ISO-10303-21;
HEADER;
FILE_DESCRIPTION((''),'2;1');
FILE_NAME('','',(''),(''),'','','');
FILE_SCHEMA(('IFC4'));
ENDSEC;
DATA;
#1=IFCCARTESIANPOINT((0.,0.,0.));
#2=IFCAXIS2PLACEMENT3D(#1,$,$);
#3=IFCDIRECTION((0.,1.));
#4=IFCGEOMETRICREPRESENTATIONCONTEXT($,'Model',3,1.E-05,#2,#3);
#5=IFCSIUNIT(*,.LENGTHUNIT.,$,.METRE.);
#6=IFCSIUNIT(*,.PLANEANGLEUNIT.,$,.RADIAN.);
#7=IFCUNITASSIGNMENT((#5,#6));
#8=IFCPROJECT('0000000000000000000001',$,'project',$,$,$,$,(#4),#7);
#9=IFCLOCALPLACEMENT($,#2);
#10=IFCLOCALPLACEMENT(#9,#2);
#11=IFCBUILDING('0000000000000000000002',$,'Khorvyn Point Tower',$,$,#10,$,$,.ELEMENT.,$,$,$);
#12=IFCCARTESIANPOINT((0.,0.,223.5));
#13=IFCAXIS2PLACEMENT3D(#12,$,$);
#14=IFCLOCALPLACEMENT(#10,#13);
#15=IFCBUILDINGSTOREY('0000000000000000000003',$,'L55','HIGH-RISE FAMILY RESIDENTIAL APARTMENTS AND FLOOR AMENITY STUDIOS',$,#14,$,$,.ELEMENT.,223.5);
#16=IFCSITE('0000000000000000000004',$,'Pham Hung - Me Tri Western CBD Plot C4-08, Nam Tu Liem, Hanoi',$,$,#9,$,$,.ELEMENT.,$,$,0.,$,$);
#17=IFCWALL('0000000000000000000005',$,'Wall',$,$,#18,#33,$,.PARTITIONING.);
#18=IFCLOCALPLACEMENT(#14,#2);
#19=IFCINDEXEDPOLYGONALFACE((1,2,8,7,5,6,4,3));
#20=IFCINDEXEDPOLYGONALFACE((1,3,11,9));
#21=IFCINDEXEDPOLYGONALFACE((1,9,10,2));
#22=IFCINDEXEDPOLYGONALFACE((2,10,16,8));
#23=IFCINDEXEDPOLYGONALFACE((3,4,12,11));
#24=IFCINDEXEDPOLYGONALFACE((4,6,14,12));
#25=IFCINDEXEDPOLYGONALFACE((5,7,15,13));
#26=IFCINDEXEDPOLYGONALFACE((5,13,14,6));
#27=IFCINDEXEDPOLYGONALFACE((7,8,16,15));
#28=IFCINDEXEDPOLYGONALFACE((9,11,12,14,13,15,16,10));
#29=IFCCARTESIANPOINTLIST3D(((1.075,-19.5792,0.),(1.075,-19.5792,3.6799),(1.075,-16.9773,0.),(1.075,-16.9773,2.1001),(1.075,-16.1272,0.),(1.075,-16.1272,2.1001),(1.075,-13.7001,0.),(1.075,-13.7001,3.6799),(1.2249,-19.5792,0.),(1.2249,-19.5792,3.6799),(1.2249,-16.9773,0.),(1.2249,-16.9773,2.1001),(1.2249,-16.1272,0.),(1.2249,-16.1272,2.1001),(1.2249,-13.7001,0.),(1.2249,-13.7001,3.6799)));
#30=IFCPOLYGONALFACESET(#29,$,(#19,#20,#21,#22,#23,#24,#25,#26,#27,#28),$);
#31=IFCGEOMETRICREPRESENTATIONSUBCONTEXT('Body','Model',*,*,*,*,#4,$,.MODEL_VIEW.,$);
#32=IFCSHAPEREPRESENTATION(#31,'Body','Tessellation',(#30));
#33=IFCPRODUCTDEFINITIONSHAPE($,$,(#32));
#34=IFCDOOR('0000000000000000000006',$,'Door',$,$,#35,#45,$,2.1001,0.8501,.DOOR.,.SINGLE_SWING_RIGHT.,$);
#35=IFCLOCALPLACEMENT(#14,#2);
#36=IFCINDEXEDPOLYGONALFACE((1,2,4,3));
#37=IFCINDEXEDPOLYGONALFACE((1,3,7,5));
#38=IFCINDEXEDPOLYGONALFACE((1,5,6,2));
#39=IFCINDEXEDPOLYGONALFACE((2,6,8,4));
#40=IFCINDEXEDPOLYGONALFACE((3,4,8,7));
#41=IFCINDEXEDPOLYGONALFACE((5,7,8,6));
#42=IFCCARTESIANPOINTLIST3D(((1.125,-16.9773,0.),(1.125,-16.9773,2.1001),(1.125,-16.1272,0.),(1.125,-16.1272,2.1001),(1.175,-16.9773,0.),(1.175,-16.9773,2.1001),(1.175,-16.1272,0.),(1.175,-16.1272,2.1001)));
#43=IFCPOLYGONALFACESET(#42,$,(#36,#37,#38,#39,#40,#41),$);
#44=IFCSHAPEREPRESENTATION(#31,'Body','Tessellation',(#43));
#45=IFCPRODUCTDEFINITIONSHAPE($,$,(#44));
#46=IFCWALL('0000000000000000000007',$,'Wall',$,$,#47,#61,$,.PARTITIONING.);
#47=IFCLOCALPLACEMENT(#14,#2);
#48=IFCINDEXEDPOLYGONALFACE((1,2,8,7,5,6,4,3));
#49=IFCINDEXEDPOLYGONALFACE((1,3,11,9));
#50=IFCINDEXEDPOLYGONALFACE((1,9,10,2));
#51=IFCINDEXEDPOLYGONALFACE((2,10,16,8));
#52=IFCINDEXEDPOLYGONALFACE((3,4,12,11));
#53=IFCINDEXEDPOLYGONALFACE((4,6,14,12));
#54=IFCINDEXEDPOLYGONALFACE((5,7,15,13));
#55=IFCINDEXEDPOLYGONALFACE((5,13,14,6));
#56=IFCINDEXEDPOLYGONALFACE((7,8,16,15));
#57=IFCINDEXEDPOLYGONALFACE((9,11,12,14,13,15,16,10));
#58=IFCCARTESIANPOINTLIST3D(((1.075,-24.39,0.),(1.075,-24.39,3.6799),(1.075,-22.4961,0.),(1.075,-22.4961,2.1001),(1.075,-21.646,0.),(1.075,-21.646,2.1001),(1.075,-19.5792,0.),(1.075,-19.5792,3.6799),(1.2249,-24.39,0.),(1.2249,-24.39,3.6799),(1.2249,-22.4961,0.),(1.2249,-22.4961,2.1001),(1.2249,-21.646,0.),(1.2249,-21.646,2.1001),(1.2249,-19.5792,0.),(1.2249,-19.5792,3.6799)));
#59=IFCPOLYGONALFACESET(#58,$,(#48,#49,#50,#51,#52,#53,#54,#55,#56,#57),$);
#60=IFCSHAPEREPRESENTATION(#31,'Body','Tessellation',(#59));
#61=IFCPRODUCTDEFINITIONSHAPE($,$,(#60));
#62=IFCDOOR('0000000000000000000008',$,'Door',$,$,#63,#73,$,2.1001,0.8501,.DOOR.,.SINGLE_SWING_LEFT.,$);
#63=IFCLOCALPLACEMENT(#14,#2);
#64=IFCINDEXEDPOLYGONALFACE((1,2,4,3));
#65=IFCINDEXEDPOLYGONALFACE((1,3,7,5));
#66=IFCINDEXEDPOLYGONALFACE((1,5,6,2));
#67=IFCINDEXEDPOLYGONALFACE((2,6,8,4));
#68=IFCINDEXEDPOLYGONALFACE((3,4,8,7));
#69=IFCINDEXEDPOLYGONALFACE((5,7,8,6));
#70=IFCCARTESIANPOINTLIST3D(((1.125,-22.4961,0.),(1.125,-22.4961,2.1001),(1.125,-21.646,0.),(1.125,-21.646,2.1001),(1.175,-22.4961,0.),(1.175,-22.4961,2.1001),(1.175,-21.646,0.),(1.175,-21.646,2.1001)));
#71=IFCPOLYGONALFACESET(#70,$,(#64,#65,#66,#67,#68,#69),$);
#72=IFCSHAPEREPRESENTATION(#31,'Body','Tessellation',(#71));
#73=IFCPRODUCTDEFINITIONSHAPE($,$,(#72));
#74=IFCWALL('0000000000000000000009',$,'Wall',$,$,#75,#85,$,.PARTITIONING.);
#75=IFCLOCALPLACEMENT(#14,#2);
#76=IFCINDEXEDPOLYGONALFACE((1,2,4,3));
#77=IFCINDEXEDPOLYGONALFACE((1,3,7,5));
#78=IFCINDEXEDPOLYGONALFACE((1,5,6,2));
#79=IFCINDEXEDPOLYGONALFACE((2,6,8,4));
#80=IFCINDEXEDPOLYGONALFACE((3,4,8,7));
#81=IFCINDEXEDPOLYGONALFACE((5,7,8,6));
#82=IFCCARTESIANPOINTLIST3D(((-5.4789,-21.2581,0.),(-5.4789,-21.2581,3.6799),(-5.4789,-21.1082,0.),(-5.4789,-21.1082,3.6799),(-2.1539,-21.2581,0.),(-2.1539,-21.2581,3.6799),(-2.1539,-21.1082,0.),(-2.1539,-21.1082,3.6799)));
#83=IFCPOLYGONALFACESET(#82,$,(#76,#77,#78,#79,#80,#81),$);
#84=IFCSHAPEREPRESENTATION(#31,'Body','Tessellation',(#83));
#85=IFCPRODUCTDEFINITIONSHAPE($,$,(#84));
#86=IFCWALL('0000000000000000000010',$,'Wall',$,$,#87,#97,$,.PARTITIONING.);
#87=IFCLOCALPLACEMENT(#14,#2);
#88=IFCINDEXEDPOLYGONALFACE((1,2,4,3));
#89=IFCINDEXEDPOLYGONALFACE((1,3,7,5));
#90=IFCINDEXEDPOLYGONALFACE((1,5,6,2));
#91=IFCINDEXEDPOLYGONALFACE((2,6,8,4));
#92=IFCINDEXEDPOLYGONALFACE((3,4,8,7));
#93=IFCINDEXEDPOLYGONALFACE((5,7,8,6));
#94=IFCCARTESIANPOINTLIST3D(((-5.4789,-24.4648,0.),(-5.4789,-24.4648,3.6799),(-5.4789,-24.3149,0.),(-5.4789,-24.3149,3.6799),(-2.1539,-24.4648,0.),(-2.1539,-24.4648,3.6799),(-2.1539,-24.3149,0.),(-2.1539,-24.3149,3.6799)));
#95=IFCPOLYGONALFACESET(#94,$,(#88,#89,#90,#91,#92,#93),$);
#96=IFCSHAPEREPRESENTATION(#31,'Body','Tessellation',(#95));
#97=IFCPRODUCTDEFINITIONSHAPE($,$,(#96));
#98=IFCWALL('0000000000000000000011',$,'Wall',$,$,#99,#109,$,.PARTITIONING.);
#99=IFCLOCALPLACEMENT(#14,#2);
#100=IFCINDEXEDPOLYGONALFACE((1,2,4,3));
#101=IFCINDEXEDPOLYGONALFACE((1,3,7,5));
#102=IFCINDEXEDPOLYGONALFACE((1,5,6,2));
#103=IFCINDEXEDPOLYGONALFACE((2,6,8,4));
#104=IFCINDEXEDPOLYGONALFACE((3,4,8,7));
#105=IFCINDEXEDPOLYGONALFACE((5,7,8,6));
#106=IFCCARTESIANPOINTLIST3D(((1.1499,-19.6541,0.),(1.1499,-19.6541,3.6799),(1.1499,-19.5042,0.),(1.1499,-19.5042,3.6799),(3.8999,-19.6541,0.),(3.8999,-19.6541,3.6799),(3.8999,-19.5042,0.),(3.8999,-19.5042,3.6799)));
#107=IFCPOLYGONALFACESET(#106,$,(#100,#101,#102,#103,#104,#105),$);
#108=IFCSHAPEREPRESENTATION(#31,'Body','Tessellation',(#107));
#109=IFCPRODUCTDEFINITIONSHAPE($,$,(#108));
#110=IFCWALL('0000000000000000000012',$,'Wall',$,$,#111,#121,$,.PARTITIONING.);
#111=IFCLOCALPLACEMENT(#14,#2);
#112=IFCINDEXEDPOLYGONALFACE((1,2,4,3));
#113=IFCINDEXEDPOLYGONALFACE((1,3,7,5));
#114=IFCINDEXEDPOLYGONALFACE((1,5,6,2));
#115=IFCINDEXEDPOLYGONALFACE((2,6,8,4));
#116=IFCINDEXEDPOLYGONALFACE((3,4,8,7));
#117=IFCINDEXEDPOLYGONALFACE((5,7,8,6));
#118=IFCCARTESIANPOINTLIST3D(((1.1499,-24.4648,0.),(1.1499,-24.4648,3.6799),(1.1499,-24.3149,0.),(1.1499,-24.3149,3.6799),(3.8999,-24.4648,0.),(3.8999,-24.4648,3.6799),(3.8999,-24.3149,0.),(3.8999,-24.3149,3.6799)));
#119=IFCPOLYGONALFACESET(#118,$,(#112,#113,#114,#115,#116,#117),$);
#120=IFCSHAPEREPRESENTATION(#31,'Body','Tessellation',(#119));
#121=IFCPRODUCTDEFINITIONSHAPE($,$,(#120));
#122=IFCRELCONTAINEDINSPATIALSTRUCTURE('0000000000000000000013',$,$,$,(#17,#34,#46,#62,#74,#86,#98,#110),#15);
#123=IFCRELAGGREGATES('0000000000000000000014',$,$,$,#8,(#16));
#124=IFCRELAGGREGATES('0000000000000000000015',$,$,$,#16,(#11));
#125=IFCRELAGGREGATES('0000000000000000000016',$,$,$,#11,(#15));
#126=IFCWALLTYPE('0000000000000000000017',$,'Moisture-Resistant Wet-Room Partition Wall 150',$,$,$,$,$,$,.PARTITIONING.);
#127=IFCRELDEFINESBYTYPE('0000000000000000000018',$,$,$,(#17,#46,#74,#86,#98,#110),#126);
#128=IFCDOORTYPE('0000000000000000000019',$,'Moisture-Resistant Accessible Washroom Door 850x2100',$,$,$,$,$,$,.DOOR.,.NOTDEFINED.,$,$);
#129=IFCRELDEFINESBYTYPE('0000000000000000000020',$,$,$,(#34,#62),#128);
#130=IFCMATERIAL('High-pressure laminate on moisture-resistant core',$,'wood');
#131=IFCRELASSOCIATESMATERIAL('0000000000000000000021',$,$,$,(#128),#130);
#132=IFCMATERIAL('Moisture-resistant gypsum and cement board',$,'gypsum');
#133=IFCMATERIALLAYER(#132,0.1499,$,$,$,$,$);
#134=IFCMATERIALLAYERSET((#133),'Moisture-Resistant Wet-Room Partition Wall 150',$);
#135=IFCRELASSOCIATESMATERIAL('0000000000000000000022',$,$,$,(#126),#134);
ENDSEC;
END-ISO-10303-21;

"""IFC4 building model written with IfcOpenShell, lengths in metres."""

from ifc_helpers import new_model, si_unit, direction, frame, frame_2d, origin, place, context, subcontext, project, spatial, rectangle, extrude, material, layer, layer_set, type_object, element, fill, save


model = new_model("IFC4")

# Units and contexts
model_context = context("Model", 3, precision=1e-05, world=origin(), true_north=direction((0.0, 1.0)))
body_context = subcontext(model_context, "Body", "Model", "MODEL_VIEW")
ifc_project = project(units=[si_unit("LENGTHUNIT", "METRE"), si_unit("PLANEANGLEUNIT", "RADIAN")], contexts=[model_context])

# Site, building, storey
site_placement = place(None, origin())
site = spatial("IfcSite", under=ifc_project, at=site_placement, Name="Pham Hung - Me Tri Western CBD Plot C4-08, Nam Tu Liem, Hanoi", CompositionType="ELEMENT", RefElevation=0.0)
building_placement = place(site_placement, origin())
building = spatial("IfcBuilding", under=site, at=building_placement, Name="Khorvyn Point Tower", CompositionType="ELEMENT")
storey_placement = place(building_placement, frame((0.0, 0.0, 223.5)))
storey = spatial("IfcBuildingStorey", under=building, at=storey_placement, Name="L55", Description="HIGH-RISE FAMILY RESIDENTIAL APARTMENTS AND FLOOR AMENITY STUDIOS", CompositionType="ELEMENT", Elevation=223.5)

# Walls, openings, doors
ifc_material_1 = material(Name="High-pressure laminate on moisture-resistant core", Category="wood")
door_type_1 = type_object("IfcDoorType", Name="Moisture-Resistant Accessible Washroom Door 850x2100", OperationType="NOTDEFINED", PredefinedType="DOOR", material=ifc_material_1)
ifc_material_2 = material(Name="Moisture-resistant gypsum and cement board", Category="gypsum")
ifc_layer_1 = layer(ifc_material_2, 0.1499)
ifc_layer_set_1 = layer_set([ifc_layer_1], Name="Moisture-Resistant Wet-Room Partition Wall 150")
wall_type_1 = type_object("IfcWallType", Name="Moisture-Resistant Wet-Room Partition Wall 150", PredefinedType="PARTITIONING", material=ifc_layer_set_1)
wall_1_placement = place(storey_placement, frame((1.1499, -19.5791, 0.0), z_axis=(0.0, 0.0, 1.0), x_axis=(0.0, 1.0, 0.0)))
wall_1 = element("IfcWall", 1, at=wall_1_placement, inside=storey, type_object=wall_type_1, Name="Wall", PredefinedType="PARTITIONING", context=body_context, shape_type="SweptSolid", body=[
    extrude(rectangle(XDim=5.8792, YDim=0.1499, at=frame_2d((2.9395, 0.0))), origin(), (0.0, 0.0, 1.0), 3.6799),
])
opening_1_placement = place(wall_1_placement, frame((2.6018, 0.0, 0.0)))
opening_1 = element("IfcOpeningElement", 2, at=opening_1_placement, cuts=wall_1, PredefinedType="OPENING", context=body_context, shape_type="SweptSolid", body=[
    extrude(rectangle(XDim=0.8501, YDim=2.1001, at=frame_2d((0.425, 1.05))), frame((0.0, 0.085, 0.0), z_axis=(0.0, -1.0, 0.0), x_axis=(1.0, 0.0, 0.0)), (0.0, 0.0, 1.0), 0.1699),
])
door_1_placement = place(opening_1_placement, origin())
door_1 = element("IfcDoor", 3, at=door_1_placement, inside=storey, type_object=door_type_1, Name="Door", OperationType="SINGLE_SWING_RIGHT", OverallHeight=2.1001, OverallWidth=0.8501, PredefinedType="DOOR", context=body_context, shape_type="SweptSolid", body=[
    extrude(rectangle(XDim=0.8501, YDim=2.1001, at=frame_2d((0.425, 1.05))), frame((0.0, 0.0249, 0.0), z_axis=(0.0, -1.0, 0.0), x_axis=(1.0, 0.0, 0.0)), (0.0, 0.0, 1.0), 0.05),
])
fill(opening_1, door_1)
wall_2_placement = place(storey_placement, frame((1.1499, -24.3899, 0.0), z_axis=(0.0, 0.0, 1.0), x_axis=(0.0, 1.0, 0.0)))
wall_2 = element("IfcWall", 4, at=wall_2_placement, inside=storey, type_object=wall_type_1, Name="Wall", PredefinedType="PARTITIONING", context=body_context, shape_type="SweptSolid", body=[
    extrude(rectangle(XDim=4.8108, YDim=0.1499, at=frame_2d((2.4053, 0.0))), origin(), (0.0, 0.0, 1.0), 3.6799),
])
opening_2_placement = place(wall_2_placement, frame((1.8938, 0.0, 0.0)))
opening_2 = element("IfcOpeningElement", 5, at=opening_2_placement, cuts=wall_2, PredefinedType="OPENING", context=body_context, shape_type="SweptSolid", body=[
    extrude(rectangle(XDim=0.8501, YDim=2.1001, at=frame_2d((0.425, 1.05))), frame((0.0, 0.085, 0.0), z_axis=(0.0, -1.0, 0.0), x_axis=(1.0, 0.0, 0.0)), (0.0, 0.0, 1.0), 0.1699),
])
door_2_placement = place(opening_2_placement, origin())
door_2 = element("IfcDoor", 6, at=door_2_placement, inside=storey, type_object=door_type_1, Name="Door", OperationType="SINGLE_SWING_LEFT", OverallHeight=2.1001, OverallWidth=0.8501, PredefinedType="DOOR", context=body_context, shape_type="SweptSolid", body=[
    extrude(rectangle(XDim=0.8501, YDim=2.1001, at=frame_2d((0.425, 1.05))), frame((0.0, 0.0249, 0.0), z_axis=(0.0, -1.0, 0.0), x_axis=(1.0, 0.0, 0.0)), (0.0, 0.0, 1.0), 0.05),
])
fill(opening_2, door_2)

# Walls
for number, where, z_axis, x_axis, name in (
    (7, (-5.479, -21.1831, 0.0), (0.0, 0.0, 1.0), (1.0, 0.0, 0.0), "Wall"),
    (8, (-5.479, -24.3899, 0.0), (0.0, 0.0, 1.0), (1.0, 0.0, 0.0), "Wall"),
):
    element("IfcWall", number, at=place(storey_placement, frame(where, z_axis=z_axis, x_axis=x_axis)), inside=storey, type_object=wall_type_1, Name=name, PredefinedType="PARTITIONING", context=body_context, shape_type="SweptSolid", body=[
        extrude(rectangle(XDim=3.325, YDim=0.1499, at=frame_2d((1.6626, 0.0))), origin(), (0.0, 0.0, 1.0), 3.6799),
    ])
for number, where, z_axis, x_axis, name in (
    (9, (1.1499, -19.5791, 0.0), (0.0, 0.0, 1.0), (1.0, 0.0, 0.0), "Wall"),
    (10, (1.1499, -24.3899, 0.0), (0.0, 0.0, 1.0), (1.0, 0.0, 0.0), "Wall"),
):
    element("IfcWall", number, at=place(storey_placement, frame(where, z_axis=z_axis, x_axis=x_axis)), inside=storey, type_object=wall_type_1, Name=name, PredefinedType="PARTITIONING", context=body_context, shape_type="SweptSolid", body=[
        extrude(rectangle(XDim=2.75, YDim=0.1499, at=frame_2d((1.375, 0.0))), origin(), (0.0, 0.0, 1.0), 3.6799),
    ])

save(model, "model.ifc")
